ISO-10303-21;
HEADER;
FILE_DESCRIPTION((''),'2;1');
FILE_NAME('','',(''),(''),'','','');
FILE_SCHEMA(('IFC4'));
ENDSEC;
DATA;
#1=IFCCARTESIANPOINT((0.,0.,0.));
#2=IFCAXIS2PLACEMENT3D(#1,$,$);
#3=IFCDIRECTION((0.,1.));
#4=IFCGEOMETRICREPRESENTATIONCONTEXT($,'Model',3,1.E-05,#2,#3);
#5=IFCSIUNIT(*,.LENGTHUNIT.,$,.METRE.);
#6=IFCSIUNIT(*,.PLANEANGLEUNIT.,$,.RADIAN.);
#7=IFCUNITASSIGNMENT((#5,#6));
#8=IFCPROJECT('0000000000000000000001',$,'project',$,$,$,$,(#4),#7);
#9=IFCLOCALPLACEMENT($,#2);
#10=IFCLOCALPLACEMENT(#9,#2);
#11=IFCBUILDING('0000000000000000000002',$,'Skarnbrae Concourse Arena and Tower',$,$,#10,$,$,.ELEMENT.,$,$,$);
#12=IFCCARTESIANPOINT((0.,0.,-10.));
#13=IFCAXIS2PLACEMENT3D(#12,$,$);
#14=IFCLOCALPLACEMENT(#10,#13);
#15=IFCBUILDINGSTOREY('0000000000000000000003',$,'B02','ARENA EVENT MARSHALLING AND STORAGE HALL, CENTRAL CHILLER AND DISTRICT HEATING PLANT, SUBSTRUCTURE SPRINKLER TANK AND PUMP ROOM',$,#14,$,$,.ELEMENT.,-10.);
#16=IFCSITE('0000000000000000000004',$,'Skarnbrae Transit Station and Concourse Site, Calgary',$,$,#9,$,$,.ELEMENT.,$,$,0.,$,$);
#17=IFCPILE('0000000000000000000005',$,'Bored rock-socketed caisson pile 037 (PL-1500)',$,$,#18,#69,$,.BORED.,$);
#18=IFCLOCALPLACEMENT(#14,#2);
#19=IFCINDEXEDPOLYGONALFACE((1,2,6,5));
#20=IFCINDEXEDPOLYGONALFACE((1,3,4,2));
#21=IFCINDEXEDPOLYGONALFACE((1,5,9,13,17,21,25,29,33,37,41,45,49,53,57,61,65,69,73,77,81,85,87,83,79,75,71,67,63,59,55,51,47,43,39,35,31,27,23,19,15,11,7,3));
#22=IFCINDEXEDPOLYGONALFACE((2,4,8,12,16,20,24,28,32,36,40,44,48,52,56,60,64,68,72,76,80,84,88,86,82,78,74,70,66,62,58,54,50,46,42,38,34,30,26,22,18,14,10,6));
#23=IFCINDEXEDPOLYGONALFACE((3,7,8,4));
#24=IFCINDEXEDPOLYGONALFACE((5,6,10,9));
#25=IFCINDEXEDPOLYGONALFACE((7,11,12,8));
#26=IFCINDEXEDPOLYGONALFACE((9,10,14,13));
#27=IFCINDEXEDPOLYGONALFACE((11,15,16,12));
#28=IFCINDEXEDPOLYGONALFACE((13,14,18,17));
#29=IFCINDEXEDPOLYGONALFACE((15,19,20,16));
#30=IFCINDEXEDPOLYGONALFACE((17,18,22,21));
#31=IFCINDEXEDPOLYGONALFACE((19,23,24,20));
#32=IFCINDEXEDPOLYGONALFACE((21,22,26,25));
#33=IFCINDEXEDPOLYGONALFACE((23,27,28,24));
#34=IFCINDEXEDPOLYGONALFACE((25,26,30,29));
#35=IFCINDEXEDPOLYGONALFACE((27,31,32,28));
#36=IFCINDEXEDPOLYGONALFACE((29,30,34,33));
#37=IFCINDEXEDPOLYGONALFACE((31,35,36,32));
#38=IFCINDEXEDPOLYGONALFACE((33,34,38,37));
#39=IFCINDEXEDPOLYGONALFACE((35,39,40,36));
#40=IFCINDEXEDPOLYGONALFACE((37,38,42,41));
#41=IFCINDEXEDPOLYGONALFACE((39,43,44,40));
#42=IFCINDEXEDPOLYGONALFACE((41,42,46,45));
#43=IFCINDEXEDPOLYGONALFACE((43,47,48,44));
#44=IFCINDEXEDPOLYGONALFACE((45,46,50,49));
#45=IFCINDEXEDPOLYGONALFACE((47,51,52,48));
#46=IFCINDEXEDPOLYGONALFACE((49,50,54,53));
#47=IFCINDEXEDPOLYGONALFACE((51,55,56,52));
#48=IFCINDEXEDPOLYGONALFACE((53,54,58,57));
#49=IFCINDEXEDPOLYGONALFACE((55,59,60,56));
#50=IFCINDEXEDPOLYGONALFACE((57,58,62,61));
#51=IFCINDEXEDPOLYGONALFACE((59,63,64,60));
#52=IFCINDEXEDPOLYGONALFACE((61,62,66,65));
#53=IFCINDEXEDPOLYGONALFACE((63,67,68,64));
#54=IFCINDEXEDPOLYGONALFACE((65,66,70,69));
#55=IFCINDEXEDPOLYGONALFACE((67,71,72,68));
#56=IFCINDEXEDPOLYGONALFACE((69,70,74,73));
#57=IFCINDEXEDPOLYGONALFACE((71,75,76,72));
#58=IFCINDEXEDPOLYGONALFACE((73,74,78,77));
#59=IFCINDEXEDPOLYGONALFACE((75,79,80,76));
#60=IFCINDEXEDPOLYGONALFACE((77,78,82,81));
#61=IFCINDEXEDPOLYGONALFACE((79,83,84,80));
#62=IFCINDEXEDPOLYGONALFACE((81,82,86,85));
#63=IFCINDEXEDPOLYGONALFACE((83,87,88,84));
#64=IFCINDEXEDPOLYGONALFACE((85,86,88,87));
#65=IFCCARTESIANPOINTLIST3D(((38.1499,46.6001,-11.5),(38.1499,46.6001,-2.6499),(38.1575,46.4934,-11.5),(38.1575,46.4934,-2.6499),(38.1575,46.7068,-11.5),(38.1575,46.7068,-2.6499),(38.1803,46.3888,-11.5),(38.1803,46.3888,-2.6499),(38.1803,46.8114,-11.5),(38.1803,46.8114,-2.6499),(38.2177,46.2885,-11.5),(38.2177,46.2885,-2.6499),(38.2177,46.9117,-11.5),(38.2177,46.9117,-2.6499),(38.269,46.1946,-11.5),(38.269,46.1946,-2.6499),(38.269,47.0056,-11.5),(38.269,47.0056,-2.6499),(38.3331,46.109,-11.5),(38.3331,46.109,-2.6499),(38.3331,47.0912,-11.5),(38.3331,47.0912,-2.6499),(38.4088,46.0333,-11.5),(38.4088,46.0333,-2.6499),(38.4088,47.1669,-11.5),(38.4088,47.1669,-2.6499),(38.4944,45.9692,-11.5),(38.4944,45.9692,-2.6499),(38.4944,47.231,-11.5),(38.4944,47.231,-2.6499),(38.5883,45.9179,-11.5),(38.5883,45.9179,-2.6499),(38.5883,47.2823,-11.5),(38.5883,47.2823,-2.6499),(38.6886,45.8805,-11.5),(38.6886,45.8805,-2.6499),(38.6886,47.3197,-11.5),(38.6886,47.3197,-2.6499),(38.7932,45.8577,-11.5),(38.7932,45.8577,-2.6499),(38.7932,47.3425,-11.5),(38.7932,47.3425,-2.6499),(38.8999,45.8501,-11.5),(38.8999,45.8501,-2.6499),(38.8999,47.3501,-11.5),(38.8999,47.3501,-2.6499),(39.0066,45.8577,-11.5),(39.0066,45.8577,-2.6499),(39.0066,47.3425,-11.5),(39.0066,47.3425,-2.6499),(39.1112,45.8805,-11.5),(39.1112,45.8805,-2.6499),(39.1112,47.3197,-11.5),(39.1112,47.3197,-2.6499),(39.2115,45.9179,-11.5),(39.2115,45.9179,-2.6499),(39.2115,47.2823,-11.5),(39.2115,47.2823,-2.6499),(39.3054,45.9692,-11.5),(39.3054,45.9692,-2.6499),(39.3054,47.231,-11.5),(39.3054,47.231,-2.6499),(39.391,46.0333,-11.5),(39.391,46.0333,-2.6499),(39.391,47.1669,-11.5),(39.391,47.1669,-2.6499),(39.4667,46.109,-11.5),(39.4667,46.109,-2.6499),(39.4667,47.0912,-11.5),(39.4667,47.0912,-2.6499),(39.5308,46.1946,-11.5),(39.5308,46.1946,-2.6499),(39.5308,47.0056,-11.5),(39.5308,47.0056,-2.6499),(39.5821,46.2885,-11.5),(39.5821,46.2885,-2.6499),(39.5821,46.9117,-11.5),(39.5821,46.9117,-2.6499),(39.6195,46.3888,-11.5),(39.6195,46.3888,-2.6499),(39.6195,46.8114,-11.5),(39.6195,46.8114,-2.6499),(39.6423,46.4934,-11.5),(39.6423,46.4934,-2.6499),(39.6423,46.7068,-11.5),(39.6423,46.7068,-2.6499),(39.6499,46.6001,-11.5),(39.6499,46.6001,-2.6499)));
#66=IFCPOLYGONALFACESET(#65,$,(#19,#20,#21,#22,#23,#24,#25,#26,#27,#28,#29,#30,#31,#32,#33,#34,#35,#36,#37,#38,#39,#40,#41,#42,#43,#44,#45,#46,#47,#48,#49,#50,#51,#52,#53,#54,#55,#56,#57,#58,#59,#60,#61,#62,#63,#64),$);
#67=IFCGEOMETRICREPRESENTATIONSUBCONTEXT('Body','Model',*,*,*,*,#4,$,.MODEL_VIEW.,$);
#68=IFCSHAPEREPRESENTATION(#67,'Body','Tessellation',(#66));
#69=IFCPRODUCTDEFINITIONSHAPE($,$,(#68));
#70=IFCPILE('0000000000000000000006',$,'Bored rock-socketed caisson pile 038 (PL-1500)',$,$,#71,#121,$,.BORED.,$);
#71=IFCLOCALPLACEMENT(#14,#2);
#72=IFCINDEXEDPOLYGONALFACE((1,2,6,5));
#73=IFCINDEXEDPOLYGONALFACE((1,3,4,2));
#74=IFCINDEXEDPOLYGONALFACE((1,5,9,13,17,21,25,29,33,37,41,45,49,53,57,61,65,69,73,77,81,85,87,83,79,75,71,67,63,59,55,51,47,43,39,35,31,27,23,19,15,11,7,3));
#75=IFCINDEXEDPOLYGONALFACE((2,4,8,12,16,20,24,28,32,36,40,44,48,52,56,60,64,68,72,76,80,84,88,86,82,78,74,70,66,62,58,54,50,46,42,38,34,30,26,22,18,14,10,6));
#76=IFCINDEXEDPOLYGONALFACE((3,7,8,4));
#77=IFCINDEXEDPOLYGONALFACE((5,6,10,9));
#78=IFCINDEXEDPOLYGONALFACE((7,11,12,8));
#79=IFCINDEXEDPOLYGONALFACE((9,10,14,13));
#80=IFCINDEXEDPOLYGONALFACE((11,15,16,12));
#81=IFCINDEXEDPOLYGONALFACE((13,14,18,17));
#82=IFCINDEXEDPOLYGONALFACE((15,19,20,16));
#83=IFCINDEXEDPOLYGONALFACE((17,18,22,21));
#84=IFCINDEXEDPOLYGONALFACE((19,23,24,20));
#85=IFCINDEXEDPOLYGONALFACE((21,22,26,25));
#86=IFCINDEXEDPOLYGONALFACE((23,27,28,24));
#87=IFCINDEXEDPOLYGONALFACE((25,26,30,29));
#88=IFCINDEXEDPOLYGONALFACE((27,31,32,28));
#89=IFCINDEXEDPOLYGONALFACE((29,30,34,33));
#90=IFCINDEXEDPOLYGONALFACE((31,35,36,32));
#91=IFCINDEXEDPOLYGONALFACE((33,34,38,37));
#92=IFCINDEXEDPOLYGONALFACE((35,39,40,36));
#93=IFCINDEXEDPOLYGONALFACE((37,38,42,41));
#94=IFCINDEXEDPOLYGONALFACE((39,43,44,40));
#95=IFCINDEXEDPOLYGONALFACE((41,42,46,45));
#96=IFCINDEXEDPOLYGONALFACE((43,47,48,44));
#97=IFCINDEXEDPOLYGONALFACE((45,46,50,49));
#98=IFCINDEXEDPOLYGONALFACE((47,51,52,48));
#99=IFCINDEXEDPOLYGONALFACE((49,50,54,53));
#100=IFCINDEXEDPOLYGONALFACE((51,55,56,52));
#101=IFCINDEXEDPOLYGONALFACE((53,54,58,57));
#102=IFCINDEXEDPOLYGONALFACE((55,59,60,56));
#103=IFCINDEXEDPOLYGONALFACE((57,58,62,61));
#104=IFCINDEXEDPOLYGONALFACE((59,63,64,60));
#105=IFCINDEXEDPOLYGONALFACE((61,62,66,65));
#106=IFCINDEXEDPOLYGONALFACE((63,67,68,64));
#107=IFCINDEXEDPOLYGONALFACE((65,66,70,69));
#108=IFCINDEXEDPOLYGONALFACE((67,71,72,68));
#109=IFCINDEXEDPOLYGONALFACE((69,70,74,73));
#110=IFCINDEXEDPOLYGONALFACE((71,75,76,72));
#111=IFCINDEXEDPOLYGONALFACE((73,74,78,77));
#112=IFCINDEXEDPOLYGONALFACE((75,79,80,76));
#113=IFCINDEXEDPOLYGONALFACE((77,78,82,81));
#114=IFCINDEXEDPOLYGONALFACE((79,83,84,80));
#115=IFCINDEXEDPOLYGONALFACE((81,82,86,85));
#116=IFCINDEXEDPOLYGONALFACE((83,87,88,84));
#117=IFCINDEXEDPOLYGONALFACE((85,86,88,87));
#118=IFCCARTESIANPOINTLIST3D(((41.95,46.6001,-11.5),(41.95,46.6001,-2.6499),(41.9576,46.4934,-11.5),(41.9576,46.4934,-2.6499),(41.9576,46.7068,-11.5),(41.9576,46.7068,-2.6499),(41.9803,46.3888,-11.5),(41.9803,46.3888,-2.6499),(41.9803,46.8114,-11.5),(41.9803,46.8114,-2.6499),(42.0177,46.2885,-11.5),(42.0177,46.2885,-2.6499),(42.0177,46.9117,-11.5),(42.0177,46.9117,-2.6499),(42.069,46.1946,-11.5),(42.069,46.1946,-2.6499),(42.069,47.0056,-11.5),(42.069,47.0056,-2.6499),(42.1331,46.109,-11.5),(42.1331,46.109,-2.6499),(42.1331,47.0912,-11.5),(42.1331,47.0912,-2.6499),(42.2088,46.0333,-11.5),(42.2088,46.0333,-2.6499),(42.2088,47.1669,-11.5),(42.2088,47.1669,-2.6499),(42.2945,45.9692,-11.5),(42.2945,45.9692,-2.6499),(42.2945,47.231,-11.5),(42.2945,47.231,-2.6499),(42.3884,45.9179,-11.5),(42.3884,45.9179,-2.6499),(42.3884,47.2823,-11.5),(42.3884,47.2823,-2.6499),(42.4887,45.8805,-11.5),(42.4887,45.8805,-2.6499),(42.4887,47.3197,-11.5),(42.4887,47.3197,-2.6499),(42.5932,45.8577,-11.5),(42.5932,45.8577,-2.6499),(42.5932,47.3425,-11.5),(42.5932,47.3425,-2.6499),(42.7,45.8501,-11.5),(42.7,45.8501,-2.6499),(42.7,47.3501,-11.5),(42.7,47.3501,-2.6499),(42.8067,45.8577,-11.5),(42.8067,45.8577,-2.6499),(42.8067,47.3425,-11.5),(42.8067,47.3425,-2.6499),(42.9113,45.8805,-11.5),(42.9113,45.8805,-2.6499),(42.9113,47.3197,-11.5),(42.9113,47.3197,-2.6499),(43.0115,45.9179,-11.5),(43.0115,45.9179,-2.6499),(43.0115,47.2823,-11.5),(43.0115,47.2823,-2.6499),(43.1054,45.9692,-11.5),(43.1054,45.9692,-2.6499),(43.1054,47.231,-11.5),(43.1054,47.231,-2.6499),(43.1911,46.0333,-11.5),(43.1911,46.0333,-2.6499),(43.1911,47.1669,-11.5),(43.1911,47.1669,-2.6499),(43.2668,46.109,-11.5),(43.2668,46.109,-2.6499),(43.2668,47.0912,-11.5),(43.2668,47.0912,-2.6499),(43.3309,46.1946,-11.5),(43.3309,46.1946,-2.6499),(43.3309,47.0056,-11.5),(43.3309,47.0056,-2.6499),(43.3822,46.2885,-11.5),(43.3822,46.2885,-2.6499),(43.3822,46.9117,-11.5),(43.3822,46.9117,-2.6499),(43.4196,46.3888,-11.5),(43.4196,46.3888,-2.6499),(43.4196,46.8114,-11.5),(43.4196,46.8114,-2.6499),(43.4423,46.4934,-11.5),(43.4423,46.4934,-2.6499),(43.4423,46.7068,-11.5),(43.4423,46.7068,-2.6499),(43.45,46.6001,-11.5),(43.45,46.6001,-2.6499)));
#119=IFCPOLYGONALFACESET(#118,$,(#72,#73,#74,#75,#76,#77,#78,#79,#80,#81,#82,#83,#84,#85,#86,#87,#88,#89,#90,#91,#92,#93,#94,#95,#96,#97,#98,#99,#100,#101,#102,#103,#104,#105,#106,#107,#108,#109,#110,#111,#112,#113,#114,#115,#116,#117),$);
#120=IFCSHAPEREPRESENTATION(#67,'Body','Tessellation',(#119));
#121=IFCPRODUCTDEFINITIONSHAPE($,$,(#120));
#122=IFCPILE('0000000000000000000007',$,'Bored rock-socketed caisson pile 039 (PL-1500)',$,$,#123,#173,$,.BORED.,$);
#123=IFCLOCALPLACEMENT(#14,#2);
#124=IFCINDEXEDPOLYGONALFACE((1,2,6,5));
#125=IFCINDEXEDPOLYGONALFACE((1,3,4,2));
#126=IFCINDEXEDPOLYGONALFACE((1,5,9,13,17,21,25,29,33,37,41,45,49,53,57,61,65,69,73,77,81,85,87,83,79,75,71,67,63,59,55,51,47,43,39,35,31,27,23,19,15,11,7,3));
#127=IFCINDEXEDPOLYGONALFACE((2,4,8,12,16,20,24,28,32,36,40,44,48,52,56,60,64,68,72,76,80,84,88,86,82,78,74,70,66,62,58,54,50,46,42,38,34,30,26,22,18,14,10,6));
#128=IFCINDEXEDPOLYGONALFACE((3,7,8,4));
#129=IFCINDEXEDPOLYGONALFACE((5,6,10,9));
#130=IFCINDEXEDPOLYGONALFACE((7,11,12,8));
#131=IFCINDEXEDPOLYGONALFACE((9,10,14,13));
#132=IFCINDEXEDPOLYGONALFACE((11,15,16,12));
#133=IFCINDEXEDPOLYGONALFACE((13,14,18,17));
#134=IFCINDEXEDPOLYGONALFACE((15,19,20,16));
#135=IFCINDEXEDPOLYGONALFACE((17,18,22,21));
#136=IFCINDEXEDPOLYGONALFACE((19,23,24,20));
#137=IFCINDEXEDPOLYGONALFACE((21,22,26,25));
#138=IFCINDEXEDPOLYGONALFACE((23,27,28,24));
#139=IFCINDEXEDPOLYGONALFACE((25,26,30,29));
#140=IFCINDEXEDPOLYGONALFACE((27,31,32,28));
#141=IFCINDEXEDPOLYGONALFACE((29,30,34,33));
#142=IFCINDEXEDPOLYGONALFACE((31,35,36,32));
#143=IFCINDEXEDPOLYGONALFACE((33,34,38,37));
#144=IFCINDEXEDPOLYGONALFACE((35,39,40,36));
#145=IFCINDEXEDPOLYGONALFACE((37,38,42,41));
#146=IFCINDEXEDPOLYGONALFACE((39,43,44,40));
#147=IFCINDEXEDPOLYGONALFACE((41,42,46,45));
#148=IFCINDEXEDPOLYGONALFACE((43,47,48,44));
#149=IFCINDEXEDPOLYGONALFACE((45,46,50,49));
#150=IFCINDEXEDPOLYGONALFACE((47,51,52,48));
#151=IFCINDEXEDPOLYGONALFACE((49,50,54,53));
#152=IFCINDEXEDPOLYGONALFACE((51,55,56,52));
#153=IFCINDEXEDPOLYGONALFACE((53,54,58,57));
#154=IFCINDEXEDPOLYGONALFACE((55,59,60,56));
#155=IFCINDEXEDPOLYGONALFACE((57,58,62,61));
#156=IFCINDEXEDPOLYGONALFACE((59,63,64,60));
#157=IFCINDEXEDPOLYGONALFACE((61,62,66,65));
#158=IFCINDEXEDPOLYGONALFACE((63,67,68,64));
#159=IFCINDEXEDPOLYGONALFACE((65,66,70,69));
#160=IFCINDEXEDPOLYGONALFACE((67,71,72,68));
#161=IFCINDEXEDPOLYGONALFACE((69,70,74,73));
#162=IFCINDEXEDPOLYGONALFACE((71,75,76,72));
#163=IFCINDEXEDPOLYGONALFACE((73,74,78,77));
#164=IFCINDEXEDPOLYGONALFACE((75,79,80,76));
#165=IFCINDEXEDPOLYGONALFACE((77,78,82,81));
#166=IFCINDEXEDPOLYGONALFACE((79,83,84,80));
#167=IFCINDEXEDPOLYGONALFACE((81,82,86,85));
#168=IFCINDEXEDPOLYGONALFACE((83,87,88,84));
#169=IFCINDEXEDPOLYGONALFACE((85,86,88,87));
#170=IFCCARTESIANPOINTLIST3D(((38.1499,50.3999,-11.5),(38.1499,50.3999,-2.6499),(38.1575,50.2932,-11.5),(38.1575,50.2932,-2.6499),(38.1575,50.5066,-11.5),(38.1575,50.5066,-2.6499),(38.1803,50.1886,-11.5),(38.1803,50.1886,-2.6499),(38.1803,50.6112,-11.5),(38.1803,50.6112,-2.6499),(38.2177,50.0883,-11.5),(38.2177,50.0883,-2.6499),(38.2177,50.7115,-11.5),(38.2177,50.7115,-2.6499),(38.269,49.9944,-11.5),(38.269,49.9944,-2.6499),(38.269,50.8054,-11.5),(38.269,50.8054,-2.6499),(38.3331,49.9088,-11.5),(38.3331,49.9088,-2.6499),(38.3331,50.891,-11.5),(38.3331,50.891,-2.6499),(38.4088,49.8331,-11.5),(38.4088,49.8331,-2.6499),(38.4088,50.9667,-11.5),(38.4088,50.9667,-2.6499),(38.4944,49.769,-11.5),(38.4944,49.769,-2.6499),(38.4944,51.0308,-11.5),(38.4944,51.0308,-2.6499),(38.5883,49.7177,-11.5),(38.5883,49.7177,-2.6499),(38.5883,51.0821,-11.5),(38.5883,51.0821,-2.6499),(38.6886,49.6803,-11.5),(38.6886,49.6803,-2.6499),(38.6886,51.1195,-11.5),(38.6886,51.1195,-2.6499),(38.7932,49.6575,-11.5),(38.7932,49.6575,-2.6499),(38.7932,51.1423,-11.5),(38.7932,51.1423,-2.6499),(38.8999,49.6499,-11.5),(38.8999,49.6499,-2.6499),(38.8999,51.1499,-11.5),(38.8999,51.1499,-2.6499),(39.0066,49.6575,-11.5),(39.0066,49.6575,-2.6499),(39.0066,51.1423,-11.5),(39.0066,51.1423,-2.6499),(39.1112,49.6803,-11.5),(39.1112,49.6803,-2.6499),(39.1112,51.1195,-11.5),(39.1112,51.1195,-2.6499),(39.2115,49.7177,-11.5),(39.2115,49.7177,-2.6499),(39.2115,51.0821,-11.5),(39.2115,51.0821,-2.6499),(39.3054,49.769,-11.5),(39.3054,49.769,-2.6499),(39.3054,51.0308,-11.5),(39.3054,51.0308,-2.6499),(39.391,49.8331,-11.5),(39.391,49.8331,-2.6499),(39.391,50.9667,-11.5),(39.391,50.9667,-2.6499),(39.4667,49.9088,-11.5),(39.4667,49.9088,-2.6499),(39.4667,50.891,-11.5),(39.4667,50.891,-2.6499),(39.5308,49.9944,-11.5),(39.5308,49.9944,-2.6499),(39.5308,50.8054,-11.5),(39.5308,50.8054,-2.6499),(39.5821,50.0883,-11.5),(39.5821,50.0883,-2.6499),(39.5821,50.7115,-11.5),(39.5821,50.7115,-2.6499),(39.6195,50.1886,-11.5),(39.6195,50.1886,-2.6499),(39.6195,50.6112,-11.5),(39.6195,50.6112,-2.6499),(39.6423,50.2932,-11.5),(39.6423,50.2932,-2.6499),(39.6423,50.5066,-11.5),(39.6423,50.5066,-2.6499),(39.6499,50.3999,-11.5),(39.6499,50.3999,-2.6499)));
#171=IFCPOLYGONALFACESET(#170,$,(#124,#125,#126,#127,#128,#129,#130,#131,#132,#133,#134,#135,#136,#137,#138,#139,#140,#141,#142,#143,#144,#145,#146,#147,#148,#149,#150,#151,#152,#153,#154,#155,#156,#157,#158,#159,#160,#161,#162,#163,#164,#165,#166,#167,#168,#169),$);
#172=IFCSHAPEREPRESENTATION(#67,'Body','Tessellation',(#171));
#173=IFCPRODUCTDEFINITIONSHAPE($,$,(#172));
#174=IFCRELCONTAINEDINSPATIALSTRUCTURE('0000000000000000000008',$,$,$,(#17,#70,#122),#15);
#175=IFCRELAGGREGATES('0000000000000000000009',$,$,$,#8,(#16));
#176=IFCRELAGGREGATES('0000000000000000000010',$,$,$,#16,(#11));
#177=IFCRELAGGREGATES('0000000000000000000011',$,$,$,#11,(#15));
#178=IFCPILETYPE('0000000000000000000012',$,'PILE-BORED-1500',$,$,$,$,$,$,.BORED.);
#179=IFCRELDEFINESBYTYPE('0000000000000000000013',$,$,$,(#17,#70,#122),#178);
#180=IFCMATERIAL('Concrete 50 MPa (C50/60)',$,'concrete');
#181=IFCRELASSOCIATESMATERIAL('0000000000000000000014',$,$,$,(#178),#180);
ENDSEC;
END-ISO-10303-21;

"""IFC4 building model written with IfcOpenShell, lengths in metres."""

from ifc_helpers import new_model, si_unit, direction, frame, origin, origin_2d, place, context, subcontext, project, spatial, circle, extrude, source, transform, mapped, material, material_profile, profile_set, type_object, element, save


model = new_model("IFC4")

# Units and contexts
model_context = context("Model", 3, precision=1e-05, world=origin(), true_north=direction((0.0, 1.0)))
body_context = subcontext(model_context, "Body", "Model", "MODEL_VIEW")
ifc_project = project(units=[si_unit("LENGTHUNIT", "METRE"), si_unit("PLANEANGLEUNIT", "RADIAN")], contexts=[model_context])

# Site, building, storey
site_placement = place(None, origin())
site = spatial("IfcSite", under=ifc_project, at=site_placement, Name="Skarnbrae Transit Station and Concourse Site, Calgary", CompositionType="ELEMENT", RefElevation=0.0)
building_placement = place(site_placement, origin())
building = spatial("IfcBuilding", under=site, at=building_placement, Name="Skarnbrae Concourse Arena and Tower", CompositionType="ELEMENT")
storey_placement = place(building_placement, frame((0.0, 0.0, -10.0)))
storey = spatial("IfcBuildingStorey", under=building, at=storey_placement, Name="B02", Description="ARENA EVENT MARSHALLING AND STORAGE HALL, CENTRAL CHILLER AND DISTRICT HEATING PLANT, SUBSTRUCTURE SPRINKLER TANK AND PUMP ROOM", CompositionType="ELEMENT", Elevation=-10.0)

# Piles
ifc_material_1 = material(Name="Concrete 50 MPa (C50/60)", Category="concrete")
ifc_material_profile_1 = material_profile(ifc_material_1, circle(Radius=0.75, at=origin_2d()), Name="CAISSON-1500")
ifc_profile_set_1 = profile_set([ifc_material_profile_1], Name="Concrete 50 MPa (C50/60)")
pile_type_1 = type_object("IfcPileType", Name="PILE-BORED-1500", PredefinedType="BORED", material=ifc_profile_set_1)
shared_shape_1 = source(origin(), body_context, "Body", "SweptSolid", [
    extrude(circle(Radius=0.75, at=origin_2d()), origin(), (0.0, 0.0, 1.0), 8.8501),
])
for number, where, z_axis, x_axis, name in (
    (1, (38.8999, 46.6001, -2.6499), (0.0, 0.0, -1.0), (1.0, 0.0, 0.0), "Bored rock-socketed caisson pile 037 (PL-1500)"),
    (2, (42.7, 46.6001, -2.6499), (0.0, 0.0, -1.0), (1.0, 0.0, 0.0), "Bored rock-socketed caisson pile 038 (PL-1500)"),
    (3, (38.8999, 50.3999, -2.6499), (0.0, 0.0, -1.0), (1.0, 0.0, 0.0), "Bored rock-socketed caisson pile 039 (PL-1500)"),
):
    element("IfcPile", number, at=place(storey_placement, frame(where, z_axis=z_axis, x_axis=x_axis)), inside=storey, type_object=pile_type_1, Name=name, PredefinedType="BORED", context=body_context, shape_type="MappedRepresentation", body=[
        mapped(shared_shape_1, transform((0.0, 0.0, 0.0))),
    ])

save(model, "model.ifc")
